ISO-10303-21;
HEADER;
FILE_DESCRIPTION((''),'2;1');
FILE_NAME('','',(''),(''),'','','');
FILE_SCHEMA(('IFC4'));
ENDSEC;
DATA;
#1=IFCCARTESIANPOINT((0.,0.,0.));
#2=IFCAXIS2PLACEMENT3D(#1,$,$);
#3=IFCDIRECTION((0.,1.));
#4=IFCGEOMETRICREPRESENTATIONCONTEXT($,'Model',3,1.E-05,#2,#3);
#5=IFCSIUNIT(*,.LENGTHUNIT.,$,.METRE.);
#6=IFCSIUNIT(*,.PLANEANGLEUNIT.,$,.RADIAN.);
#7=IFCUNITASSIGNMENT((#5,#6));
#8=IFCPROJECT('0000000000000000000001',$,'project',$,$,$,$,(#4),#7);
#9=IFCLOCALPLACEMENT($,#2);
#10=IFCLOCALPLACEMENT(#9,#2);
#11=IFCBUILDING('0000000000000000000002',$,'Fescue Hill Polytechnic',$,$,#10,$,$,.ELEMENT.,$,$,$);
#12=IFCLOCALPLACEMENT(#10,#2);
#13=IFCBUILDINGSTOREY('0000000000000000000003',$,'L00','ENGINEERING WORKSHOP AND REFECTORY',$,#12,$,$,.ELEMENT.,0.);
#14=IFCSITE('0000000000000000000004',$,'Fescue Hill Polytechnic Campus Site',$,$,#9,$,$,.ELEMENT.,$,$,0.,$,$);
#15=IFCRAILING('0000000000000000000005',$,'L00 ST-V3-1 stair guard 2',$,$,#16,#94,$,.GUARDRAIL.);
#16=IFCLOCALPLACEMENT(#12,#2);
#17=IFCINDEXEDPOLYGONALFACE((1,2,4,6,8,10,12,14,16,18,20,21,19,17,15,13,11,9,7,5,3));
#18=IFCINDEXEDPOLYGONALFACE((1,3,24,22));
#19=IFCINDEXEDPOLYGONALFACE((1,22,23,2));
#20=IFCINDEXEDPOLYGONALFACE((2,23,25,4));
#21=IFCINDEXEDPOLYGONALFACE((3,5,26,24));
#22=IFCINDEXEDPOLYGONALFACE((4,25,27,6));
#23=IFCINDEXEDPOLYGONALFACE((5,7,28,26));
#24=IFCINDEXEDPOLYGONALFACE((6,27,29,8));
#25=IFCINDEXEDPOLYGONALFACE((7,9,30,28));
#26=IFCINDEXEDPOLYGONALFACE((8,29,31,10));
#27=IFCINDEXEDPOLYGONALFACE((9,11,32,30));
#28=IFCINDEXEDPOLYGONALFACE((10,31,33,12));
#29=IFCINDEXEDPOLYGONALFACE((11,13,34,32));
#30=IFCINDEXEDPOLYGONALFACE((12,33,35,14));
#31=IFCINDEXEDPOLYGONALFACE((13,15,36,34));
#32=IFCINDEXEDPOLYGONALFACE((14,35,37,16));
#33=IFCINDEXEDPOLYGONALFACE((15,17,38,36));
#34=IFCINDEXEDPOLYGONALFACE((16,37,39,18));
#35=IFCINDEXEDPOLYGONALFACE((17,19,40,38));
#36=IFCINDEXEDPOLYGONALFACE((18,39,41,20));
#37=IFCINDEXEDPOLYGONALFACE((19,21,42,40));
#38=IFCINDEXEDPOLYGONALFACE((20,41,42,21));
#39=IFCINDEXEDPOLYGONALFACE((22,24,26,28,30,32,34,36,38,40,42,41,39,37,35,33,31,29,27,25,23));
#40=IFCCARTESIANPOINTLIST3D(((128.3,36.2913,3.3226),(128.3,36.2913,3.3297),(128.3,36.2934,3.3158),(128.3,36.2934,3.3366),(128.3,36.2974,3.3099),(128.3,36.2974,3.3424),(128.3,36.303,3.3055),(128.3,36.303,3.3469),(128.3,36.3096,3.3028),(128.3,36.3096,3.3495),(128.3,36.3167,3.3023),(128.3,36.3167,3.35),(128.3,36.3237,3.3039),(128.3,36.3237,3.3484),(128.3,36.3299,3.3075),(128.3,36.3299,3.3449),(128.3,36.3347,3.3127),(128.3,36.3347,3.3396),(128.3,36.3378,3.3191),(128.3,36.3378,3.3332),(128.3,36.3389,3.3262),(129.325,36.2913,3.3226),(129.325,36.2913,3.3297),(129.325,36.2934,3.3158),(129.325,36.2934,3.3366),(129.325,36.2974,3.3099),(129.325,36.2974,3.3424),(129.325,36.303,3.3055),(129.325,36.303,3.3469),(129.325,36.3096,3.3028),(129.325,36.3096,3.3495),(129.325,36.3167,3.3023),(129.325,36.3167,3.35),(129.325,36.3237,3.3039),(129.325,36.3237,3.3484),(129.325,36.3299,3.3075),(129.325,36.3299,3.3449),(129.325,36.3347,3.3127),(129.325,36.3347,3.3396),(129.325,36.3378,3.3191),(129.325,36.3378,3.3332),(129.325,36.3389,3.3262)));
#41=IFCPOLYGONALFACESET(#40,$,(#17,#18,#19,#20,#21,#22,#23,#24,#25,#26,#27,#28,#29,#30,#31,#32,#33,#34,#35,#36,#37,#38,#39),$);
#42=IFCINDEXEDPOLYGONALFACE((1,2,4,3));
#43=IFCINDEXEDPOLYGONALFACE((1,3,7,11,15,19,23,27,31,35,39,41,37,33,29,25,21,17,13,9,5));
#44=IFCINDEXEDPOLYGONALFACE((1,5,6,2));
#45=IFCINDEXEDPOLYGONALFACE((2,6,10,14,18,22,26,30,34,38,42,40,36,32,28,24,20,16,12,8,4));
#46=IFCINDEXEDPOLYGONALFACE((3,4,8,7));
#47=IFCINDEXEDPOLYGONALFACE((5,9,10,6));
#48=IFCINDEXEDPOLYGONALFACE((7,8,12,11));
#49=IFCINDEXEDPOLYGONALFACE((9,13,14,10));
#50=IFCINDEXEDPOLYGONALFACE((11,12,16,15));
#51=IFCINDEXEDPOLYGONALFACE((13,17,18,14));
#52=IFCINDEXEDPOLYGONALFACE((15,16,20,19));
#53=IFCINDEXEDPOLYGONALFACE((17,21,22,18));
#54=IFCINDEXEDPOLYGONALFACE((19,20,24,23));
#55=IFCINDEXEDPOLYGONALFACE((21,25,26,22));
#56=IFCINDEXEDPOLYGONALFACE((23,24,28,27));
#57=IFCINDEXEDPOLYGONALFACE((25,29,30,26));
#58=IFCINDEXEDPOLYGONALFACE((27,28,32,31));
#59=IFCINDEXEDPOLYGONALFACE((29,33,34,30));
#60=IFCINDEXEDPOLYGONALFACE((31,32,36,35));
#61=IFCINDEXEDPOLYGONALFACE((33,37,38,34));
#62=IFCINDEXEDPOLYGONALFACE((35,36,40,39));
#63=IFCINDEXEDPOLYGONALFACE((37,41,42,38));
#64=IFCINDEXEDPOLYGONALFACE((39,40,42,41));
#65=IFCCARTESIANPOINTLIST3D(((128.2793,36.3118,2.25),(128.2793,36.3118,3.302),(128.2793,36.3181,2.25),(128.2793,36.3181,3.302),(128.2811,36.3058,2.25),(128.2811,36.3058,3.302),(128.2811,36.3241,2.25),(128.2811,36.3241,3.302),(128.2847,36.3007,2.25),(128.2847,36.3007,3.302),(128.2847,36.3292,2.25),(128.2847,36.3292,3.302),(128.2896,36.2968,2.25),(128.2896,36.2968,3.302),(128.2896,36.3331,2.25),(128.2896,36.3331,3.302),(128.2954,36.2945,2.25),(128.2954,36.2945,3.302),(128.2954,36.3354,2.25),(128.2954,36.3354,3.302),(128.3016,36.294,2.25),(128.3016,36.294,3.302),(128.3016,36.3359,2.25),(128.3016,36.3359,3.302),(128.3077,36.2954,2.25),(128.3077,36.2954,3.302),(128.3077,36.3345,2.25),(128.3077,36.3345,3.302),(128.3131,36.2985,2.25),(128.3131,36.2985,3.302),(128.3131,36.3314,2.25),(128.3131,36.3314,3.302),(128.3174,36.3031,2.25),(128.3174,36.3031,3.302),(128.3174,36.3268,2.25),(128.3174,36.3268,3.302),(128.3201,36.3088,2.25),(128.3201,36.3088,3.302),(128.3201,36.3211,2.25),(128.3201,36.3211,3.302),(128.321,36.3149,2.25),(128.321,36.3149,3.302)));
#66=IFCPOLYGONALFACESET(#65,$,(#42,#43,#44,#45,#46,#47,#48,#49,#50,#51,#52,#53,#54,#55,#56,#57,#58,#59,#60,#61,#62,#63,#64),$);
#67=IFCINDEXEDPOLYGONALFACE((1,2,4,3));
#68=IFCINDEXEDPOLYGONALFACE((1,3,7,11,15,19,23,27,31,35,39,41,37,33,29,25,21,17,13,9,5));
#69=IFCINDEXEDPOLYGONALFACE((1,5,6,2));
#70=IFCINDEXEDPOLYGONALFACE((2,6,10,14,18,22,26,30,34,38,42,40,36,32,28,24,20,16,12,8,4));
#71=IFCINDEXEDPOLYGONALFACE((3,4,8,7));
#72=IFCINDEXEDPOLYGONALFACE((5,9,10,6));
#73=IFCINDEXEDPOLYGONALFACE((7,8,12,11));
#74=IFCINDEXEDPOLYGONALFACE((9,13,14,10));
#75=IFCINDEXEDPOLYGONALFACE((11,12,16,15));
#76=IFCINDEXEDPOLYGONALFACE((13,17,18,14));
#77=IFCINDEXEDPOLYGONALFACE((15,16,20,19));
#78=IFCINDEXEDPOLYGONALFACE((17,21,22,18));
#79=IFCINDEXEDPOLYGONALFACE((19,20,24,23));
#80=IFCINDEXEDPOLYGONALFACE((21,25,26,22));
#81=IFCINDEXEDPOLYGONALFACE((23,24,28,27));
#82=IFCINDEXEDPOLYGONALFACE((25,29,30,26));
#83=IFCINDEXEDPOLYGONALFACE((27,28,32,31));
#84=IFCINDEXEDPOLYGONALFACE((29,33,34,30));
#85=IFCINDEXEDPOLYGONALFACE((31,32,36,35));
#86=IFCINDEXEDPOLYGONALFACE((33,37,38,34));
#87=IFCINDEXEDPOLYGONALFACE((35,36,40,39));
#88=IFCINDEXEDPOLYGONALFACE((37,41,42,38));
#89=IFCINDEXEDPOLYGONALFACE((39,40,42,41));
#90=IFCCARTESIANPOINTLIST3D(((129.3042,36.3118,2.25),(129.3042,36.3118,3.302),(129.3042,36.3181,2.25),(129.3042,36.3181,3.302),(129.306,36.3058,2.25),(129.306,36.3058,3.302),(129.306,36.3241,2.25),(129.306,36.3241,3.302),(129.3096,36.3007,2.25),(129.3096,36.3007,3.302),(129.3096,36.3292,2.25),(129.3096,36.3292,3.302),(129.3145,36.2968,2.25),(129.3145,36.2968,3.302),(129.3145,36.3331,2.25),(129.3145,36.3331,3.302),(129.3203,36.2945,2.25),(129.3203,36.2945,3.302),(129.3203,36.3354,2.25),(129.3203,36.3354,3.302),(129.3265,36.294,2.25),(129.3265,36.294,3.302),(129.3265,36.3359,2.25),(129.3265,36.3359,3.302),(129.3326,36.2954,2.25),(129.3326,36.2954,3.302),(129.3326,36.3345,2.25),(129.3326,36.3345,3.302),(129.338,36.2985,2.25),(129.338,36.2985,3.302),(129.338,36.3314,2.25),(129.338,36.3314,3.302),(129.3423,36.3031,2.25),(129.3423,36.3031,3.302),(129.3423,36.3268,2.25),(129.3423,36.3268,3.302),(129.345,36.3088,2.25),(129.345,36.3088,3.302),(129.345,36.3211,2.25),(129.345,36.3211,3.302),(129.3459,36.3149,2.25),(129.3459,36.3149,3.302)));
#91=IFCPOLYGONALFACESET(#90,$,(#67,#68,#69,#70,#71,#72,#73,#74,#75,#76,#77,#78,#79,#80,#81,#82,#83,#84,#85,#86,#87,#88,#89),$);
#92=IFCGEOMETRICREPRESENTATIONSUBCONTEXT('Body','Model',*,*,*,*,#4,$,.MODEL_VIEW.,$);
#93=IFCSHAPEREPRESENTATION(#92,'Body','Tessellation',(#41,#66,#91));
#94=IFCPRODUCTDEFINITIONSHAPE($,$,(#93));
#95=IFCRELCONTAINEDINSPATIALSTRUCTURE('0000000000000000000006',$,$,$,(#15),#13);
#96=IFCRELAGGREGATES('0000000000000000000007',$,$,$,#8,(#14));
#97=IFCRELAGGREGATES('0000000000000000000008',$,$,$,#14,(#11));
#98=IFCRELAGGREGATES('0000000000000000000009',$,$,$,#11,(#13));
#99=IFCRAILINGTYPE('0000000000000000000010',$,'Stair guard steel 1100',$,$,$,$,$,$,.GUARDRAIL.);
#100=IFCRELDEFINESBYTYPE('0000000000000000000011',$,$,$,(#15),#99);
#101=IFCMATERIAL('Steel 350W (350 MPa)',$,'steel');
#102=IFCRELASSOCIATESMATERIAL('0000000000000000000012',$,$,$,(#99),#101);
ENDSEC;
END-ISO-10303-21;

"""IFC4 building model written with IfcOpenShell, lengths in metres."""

from ifc_helpers import new_model, si_unit, direction, frame, origin, origin_2d, place, context, subcontext, project, spatial, circle, extrude, material, type_object, element, save


model = new_model("IFC4")

# Units and contexts
model_context = context("Model", 3, precision=1e-05, world=origin(), true_north=direction((0.0, 1.0)))
body_context = subcontext(model_context, "Body", "Model", "MODEL_VIEW")
ifc_project = project(units=[si_unit("LENGTHUNIT", "METRE"), si_unit("PLANEANGLEUNIT", "RADIAN")], contexts=[model_context])

# Site, building, storey
site_placement = place(None, origin())
site = spatial("IfcSite", under=ifc_project, at=site_placement, Name="Fescue Hill Polytechnic Campus Site", CompositionType="ELEMENT", RefElevation=0.0)
building_placement = place(site_placement, origin())
building = spatial("IfcBuilding", under=site, at=building_placement, Name="Fescue Hill Polytechnic", CompositionType="ELEMENT")
storey_placement = place(building_placement, origin())
storey = spatial("IfcBuildingStorey", under=building, at=storey_placement, Name="L00", Description="ENGINEERING WORKSHOP AND REFECTORY", CompositionType="ELEMENT", Elevation=0.0)

# Railing
ifc_material_1 = material(Name="Steel 350W (350 MPa)", Category="steel")
railing_type_1 = type_object("IfcRailingType", Name="Stair guard steel 1100", PredefinedType="GUARDRAIL", material=ifc_material_1)
railing_1_placement = place(storey_placement, frame((128.3, 36.3149, 2.25)))
element("IfcRailing", 1, at=railing_1_placement, inside=storey, type_object=railing_type_1, Name="L00 ST-V3-1 stair guard 2", PredefinedType="GUARDRAIL", context=body_context, shape_type="SweptSolid", body=[
    extrude(circle(Radius=0.0239, at=origin_2d()), frame((0.0, 0.0, 1.0762), z_axis=(1.0, 0.0, 0.0), x_axis=(0.0, 1.0, 0.0)), (0.0, 0.0, 1.0), 1.0249),
    extrude(circle(Radius=0.021, at=origin_2d()), origin(), (0.0, 0.0, 1.0), 1.052),
    extrude(circle(Radius=0.021, at=origin_2d()), frame((1.0249, 0.0, 0.0)), (0.0, 0.0, 1.0), 1.052),
])

save(model, "model.ifc")
